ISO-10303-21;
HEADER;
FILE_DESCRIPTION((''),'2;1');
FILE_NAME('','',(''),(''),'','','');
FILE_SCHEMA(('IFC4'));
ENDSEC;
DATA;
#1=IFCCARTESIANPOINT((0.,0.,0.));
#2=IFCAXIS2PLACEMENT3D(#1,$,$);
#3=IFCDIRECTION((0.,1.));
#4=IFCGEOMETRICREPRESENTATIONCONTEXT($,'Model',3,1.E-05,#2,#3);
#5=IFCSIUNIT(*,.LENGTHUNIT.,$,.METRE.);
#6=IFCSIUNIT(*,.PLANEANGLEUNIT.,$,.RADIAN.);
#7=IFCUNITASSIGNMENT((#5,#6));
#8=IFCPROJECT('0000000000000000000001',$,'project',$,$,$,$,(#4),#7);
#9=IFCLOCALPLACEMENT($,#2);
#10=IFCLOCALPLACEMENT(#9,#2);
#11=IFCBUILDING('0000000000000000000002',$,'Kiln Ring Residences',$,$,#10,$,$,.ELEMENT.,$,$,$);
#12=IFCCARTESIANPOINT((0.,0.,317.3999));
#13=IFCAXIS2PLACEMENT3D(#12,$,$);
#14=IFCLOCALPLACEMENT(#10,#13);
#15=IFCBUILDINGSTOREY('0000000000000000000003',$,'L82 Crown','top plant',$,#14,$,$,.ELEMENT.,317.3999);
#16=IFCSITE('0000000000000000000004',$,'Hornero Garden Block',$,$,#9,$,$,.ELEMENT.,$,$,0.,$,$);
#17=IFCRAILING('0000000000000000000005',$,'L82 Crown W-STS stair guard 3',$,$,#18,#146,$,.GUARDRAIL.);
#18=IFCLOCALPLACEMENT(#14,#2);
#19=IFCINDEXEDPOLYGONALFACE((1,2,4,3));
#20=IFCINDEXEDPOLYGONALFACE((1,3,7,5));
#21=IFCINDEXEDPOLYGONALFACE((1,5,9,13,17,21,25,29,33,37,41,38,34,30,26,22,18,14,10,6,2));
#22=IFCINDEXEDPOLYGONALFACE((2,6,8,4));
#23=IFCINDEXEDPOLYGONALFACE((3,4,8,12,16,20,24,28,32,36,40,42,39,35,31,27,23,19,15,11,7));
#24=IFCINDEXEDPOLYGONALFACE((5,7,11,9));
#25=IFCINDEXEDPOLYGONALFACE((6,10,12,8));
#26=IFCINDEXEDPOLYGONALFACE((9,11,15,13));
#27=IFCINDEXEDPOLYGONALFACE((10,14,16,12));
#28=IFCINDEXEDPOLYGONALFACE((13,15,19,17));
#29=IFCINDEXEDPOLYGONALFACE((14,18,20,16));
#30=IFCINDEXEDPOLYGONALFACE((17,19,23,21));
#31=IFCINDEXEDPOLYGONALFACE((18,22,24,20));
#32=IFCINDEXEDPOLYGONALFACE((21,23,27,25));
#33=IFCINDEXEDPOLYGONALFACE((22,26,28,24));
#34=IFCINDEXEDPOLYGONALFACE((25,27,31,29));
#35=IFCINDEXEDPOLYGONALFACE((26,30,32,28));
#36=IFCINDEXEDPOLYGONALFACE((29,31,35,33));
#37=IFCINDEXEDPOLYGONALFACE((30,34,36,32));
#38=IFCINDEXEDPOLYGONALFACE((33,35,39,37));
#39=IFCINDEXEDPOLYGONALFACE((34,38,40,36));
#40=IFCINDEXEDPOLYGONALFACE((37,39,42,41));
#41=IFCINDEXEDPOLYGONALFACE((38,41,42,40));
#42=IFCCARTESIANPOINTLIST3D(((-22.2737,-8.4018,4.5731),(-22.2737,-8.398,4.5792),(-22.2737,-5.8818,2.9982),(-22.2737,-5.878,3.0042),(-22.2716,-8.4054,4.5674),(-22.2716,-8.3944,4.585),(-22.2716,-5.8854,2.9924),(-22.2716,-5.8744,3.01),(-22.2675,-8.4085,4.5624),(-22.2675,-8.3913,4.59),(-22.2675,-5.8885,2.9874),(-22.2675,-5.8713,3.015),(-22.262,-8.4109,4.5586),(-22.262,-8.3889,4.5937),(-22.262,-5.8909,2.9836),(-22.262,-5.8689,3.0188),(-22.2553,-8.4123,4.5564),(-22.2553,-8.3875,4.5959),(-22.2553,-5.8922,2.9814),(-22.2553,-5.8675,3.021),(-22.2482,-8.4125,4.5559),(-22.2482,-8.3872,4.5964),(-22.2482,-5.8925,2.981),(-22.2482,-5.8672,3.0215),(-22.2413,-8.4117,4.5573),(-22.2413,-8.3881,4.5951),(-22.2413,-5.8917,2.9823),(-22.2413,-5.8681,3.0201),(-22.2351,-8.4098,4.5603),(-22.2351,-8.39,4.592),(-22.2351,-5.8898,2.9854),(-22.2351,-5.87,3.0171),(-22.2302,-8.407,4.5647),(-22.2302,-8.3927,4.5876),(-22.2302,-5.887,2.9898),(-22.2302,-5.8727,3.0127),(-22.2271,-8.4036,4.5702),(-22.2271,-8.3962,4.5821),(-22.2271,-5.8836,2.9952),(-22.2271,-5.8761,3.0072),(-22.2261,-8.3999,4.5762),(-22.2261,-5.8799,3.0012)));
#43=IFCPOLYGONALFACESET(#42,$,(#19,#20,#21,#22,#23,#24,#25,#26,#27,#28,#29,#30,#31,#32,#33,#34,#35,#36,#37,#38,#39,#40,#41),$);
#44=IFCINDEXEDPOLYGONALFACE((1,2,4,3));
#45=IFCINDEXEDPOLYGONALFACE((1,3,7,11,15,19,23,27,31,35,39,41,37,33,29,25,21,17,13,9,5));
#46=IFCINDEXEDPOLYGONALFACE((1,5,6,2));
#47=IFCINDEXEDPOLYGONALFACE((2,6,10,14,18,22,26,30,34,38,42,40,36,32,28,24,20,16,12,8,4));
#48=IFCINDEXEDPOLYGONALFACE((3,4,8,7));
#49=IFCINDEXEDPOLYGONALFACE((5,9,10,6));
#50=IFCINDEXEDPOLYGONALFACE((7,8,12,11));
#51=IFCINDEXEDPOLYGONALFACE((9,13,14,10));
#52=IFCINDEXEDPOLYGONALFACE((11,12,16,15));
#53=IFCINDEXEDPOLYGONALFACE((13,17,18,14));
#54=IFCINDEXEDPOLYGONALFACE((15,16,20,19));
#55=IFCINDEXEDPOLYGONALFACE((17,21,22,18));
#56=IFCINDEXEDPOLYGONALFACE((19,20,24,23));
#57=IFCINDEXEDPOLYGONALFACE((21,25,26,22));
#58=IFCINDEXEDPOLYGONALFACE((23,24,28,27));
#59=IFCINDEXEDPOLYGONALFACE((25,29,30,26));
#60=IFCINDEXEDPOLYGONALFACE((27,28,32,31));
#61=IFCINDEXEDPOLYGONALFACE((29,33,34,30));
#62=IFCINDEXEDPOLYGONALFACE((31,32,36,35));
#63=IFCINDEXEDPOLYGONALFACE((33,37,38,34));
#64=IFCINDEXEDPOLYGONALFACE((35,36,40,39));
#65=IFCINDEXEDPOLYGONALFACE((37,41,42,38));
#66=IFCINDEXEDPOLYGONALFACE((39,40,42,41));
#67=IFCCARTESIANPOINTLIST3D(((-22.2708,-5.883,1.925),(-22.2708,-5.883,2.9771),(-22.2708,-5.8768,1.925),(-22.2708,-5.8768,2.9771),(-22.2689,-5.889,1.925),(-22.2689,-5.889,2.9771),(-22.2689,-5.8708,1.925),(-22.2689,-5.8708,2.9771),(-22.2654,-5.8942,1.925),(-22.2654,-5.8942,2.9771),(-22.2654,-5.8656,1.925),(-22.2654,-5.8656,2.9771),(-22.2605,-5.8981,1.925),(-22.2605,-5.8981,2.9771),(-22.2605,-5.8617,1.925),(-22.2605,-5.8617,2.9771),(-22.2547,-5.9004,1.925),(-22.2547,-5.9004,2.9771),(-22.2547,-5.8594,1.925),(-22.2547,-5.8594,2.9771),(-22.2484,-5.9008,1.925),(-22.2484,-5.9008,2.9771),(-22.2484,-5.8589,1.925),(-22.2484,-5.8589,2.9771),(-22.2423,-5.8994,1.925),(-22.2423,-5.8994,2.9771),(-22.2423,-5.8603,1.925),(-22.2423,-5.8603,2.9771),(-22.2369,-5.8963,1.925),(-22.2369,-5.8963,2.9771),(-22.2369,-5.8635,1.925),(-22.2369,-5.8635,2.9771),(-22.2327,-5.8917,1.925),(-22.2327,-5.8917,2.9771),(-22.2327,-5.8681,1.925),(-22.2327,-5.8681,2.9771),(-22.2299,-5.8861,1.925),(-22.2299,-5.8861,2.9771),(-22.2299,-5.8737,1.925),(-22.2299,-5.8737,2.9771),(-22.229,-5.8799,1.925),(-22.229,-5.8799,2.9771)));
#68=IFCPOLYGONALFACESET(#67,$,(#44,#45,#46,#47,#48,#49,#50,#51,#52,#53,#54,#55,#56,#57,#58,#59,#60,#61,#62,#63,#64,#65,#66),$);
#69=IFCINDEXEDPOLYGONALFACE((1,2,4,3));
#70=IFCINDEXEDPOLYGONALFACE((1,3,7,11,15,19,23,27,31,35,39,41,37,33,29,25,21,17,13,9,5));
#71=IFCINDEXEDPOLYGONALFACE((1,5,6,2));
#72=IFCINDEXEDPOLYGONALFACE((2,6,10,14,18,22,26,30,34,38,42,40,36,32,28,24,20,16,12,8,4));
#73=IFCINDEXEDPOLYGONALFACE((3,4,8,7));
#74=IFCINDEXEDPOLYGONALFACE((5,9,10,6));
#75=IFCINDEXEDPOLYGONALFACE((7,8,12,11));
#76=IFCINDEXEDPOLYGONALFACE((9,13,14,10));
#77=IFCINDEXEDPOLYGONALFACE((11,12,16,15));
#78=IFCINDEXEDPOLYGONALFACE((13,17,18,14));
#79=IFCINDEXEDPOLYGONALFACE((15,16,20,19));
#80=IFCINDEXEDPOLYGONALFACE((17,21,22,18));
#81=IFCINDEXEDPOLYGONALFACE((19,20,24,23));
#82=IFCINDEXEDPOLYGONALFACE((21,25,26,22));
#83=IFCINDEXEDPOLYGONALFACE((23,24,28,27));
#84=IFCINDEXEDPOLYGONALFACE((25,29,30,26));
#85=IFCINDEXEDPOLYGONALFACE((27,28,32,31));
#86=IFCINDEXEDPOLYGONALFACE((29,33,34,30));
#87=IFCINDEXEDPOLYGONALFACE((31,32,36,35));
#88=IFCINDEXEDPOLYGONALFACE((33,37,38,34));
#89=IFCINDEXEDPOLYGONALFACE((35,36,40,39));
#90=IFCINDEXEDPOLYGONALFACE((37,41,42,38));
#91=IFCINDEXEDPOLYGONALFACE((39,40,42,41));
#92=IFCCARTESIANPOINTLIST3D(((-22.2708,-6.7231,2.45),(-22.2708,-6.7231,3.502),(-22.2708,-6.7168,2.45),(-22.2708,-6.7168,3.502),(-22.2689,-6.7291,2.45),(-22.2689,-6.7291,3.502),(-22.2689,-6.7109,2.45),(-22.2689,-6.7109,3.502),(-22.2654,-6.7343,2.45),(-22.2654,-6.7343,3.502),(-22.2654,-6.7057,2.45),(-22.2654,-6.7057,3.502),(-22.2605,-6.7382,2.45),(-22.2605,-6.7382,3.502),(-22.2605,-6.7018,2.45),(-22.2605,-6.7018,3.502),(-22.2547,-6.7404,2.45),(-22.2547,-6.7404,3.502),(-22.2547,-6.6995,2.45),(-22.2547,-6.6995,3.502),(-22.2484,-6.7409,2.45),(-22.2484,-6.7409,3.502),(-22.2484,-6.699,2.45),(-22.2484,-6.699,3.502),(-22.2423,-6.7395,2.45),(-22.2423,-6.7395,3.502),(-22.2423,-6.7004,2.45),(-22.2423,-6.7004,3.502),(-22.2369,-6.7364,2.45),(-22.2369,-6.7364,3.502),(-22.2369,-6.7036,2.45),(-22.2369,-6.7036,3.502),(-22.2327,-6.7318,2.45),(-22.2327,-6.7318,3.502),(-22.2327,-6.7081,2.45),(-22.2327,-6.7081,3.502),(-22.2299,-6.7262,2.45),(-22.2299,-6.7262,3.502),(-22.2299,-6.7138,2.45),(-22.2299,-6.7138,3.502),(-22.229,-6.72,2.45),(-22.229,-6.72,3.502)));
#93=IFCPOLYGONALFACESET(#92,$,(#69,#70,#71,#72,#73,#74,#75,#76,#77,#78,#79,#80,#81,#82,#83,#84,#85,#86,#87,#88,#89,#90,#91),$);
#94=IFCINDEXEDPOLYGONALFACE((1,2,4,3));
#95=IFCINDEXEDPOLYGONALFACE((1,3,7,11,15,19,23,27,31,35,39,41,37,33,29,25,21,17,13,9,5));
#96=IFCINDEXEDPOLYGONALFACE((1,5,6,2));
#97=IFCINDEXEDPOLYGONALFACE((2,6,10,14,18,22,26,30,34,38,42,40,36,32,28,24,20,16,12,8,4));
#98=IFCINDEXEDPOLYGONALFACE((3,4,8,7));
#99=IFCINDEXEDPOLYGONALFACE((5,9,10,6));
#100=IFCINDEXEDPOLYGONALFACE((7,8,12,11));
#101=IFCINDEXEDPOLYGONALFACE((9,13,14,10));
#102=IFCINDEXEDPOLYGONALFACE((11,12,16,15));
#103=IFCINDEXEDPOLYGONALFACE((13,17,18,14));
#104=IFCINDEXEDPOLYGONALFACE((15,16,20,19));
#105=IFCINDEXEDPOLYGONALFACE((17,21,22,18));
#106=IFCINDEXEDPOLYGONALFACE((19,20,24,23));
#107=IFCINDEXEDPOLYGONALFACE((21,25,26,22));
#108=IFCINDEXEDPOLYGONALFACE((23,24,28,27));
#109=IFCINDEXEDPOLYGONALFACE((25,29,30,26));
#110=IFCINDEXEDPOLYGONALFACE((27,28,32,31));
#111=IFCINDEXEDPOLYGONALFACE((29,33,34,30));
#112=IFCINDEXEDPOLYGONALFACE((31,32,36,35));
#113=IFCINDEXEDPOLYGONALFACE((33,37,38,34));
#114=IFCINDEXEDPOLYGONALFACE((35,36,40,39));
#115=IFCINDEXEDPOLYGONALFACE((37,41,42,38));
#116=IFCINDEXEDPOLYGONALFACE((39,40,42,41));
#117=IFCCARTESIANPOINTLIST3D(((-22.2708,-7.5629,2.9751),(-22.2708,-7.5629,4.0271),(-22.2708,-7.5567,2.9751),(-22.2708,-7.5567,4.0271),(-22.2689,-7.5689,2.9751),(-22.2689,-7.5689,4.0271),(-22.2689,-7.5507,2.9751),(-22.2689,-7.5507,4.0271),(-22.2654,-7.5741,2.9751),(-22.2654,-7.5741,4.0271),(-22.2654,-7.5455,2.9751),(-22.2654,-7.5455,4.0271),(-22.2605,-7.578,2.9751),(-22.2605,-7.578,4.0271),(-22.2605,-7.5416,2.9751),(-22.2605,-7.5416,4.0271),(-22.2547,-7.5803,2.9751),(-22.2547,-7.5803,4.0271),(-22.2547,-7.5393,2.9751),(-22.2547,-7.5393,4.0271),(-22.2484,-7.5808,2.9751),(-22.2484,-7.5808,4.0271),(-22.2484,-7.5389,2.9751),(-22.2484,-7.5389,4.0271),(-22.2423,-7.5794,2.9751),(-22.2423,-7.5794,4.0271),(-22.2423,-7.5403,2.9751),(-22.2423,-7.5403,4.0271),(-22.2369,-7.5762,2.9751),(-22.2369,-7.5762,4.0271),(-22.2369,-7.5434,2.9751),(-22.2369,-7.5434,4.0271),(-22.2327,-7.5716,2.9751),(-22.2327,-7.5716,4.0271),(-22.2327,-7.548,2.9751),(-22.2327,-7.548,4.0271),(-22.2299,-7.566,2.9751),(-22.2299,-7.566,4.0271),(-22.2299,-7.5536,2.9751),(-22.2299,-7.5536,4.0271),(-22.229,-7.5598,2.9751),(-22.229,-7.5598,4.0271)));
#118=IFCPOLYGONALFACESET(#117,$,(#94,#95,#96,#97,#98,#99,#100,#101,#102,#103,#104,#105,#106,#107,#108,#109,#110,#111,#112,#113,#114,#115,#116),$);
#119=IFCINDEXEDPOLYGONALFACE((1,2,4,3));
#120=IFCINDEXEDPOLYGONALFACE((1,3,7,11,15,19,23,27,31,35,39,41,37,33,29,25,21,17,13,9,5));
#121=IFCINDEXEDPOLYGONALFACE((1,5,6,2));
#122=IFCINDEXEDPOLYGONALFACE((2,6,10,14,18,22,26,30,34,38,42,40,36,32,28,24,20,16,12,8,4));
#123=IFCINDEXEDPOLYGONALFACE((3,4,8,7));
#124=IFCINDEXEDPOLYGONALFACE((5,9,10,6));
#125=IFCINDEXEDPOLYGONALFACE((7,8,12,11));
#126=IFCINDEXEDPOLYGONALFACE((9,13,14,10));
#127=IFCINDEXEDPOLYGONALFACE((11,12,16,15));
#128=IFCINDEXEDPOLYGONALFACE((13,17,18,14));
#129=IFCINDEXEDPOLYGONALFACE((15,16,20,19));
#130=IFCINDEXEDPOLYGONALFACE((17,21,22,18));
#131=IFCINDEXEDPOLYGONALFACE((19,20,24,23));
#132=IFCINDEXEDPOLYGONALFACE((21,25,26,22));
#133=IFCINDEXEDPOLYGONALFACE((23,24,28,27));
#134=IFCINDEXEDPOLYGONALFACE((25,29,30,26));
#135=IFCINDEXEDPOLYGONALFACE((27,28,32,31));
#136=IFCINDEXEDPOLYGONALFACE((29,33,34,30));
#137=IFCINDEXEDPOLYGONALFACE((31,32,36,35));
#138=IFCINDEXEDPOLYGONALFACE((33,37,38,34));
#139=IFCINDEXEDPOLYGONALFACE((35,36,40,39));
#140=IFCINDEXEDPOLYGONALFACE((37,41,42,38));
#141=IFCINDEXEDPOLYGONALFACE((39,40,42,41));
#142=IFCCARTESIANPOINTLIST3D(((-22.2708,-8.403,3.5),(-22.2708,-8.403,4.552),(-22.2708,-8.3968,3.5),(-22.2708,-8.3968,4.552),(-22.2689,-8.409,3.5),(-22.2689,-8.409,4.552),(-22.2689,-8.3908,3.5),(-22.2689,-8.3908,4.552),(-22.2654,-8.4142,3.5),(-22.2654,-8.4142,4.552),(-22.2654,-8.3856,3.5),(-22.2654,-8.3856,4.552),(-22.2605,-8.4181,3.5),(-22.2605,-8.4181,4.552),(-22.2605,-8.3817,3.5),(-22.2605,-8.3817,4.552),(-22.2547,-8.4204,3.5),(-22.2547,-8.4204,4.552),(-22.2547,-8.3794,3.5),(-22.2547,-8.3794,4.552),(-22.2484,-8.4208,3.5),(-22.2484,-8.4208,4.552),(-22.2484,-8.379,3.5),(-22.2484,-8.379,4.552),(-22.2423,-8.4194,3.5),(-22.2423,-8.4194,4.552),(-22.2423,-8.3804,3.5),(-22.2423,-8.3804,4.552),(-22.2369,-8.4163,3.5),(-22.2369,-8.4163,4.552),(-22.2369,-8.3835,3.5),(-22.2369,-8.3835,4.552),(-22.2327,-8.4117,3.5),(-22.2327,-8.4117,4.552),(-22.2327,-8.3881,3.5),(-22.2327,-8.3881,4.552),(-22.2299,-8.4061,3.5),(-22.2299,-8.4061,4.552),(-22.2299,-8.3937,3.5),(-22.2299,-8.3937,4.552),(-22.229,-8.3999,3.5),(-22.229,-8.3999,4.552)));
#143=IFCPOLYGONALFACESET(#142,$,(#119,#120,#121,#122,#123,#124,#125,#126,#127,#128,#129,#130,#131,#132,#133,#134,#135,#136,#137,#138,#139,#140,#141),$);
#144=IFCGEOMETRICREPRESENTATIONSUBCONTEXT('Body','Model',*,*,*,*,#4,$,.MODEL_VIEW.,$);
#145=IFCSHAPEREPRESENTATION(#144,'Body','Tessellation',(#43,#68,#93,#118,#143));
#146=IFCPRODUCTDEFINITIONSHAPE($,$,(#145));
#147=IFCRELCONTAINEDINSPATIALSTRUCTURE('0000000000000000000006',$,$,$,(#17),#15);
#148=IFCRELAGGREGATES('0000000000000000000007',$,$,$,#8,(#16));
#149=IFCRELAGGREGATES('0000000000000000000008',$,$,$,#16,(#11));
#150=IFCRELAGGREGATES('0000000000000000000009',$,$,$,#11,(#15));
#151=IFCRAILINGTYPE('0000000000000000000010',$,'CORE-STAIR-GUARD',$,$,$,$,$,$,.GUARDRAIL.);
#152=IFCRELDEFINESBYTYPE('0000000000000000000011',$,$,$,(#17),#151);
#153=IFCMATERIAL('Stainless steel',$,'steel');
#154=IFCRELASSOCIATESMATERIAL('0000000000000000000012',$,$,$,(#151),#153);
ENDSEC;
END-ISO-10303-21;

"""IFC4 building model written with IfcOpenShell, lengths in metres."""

from ifc_helpers import new_model, si_unit, direction, frame, origin, origin_2d, place, context, subcontext, project, spatial, circle, extrude, material, type_object, element, save


model = new_model("IFC4")

# Units and contexts
model_context = context("Model", 3, precision=1e-05, world=origin(), true_north=direction((0.0, 1.0)))
body_context = subcontext(model_context, "Body", "Model", "MODEL_VIEW")
ifc_project = project(units=[si_unit("LENGTHUNIT", "METRE"), si_unit("PLANEANGLEUNIT", "RADIAN")], contexts=[model_context])

# Site, building, storey
site_placement = place(None, origin())
site = spatial("IfcSite", under=ifc_project, at=site_placement, Name="Hornero Garden Block", CompositionType="ELEMENT", RefElevation=0.0)
building_placement = place(site_placement, origin())
building = spatial("IfcBuilding", under=site, at=building_placement, Name="Kiln Ring Residences", CompositionType="ELEMENT")
storey_placement = place(building_placement, frame((0.0, 0.0, 317.3999)))
storey = spatial("IfcBuildingStorey", under=building, at=storey_placement, Name="L82 Crown", Description="top plant", CompositionType="ELEMENT", Elevation=317.3999)

# Railing
ifc_material_1 = material(Name="Stainless steel", Category="steel")
railing_type_1 = type_object("IfcRailingType", Name="CORE-STAIR-GUARD", PredefinedType="GUARDRAIL", material=ifc_material_1)
railing_1_placement = place(storey_placement, frame((-22.25, -5.8799, 1.925)))
element("IfcRailing", 1, at=railing_1_placement, inside=storey, type_object=railing_type_1, Name="L82 Crown W-STS stair guard 3", PredefinedType="GUARDRAIL", context=body_context, shape_type="SweptSolid", body=[
    extrude(circle(Radius=0.0239, at=origin_2d()), frame((0.0, 0.0, 1.0762), z_axis=(0.0, -0.848008, 0.529984), x_axis=(1.0, 0.0, 0.0)), (0.0, 0.0, 1.0), 2.9717),
    extrude(circle(Radius=0.021, at=origin_2d()), origin(), (0.0, 0.0, 1.0), 1.052),
    extrude(circle(Radius=0.021, at=origin_2d()), frame((0.0, -0.8401, 0.5249)), (0.0, 0.0, 1.0), 1.052),
    extrude(circle(Radius=0.021, at=origin_2d()), frame((0.0, -1.6799, 1.05)), (0.0, 0.0, 1.0), 1.052),
    extrude(circle(Radius=0.021, at=origin_2d()), frame((0.0, -2.52, 1.575)), (0.0, 0.0, 1.0), 1.052),
])

save(model, "model.ifc")
